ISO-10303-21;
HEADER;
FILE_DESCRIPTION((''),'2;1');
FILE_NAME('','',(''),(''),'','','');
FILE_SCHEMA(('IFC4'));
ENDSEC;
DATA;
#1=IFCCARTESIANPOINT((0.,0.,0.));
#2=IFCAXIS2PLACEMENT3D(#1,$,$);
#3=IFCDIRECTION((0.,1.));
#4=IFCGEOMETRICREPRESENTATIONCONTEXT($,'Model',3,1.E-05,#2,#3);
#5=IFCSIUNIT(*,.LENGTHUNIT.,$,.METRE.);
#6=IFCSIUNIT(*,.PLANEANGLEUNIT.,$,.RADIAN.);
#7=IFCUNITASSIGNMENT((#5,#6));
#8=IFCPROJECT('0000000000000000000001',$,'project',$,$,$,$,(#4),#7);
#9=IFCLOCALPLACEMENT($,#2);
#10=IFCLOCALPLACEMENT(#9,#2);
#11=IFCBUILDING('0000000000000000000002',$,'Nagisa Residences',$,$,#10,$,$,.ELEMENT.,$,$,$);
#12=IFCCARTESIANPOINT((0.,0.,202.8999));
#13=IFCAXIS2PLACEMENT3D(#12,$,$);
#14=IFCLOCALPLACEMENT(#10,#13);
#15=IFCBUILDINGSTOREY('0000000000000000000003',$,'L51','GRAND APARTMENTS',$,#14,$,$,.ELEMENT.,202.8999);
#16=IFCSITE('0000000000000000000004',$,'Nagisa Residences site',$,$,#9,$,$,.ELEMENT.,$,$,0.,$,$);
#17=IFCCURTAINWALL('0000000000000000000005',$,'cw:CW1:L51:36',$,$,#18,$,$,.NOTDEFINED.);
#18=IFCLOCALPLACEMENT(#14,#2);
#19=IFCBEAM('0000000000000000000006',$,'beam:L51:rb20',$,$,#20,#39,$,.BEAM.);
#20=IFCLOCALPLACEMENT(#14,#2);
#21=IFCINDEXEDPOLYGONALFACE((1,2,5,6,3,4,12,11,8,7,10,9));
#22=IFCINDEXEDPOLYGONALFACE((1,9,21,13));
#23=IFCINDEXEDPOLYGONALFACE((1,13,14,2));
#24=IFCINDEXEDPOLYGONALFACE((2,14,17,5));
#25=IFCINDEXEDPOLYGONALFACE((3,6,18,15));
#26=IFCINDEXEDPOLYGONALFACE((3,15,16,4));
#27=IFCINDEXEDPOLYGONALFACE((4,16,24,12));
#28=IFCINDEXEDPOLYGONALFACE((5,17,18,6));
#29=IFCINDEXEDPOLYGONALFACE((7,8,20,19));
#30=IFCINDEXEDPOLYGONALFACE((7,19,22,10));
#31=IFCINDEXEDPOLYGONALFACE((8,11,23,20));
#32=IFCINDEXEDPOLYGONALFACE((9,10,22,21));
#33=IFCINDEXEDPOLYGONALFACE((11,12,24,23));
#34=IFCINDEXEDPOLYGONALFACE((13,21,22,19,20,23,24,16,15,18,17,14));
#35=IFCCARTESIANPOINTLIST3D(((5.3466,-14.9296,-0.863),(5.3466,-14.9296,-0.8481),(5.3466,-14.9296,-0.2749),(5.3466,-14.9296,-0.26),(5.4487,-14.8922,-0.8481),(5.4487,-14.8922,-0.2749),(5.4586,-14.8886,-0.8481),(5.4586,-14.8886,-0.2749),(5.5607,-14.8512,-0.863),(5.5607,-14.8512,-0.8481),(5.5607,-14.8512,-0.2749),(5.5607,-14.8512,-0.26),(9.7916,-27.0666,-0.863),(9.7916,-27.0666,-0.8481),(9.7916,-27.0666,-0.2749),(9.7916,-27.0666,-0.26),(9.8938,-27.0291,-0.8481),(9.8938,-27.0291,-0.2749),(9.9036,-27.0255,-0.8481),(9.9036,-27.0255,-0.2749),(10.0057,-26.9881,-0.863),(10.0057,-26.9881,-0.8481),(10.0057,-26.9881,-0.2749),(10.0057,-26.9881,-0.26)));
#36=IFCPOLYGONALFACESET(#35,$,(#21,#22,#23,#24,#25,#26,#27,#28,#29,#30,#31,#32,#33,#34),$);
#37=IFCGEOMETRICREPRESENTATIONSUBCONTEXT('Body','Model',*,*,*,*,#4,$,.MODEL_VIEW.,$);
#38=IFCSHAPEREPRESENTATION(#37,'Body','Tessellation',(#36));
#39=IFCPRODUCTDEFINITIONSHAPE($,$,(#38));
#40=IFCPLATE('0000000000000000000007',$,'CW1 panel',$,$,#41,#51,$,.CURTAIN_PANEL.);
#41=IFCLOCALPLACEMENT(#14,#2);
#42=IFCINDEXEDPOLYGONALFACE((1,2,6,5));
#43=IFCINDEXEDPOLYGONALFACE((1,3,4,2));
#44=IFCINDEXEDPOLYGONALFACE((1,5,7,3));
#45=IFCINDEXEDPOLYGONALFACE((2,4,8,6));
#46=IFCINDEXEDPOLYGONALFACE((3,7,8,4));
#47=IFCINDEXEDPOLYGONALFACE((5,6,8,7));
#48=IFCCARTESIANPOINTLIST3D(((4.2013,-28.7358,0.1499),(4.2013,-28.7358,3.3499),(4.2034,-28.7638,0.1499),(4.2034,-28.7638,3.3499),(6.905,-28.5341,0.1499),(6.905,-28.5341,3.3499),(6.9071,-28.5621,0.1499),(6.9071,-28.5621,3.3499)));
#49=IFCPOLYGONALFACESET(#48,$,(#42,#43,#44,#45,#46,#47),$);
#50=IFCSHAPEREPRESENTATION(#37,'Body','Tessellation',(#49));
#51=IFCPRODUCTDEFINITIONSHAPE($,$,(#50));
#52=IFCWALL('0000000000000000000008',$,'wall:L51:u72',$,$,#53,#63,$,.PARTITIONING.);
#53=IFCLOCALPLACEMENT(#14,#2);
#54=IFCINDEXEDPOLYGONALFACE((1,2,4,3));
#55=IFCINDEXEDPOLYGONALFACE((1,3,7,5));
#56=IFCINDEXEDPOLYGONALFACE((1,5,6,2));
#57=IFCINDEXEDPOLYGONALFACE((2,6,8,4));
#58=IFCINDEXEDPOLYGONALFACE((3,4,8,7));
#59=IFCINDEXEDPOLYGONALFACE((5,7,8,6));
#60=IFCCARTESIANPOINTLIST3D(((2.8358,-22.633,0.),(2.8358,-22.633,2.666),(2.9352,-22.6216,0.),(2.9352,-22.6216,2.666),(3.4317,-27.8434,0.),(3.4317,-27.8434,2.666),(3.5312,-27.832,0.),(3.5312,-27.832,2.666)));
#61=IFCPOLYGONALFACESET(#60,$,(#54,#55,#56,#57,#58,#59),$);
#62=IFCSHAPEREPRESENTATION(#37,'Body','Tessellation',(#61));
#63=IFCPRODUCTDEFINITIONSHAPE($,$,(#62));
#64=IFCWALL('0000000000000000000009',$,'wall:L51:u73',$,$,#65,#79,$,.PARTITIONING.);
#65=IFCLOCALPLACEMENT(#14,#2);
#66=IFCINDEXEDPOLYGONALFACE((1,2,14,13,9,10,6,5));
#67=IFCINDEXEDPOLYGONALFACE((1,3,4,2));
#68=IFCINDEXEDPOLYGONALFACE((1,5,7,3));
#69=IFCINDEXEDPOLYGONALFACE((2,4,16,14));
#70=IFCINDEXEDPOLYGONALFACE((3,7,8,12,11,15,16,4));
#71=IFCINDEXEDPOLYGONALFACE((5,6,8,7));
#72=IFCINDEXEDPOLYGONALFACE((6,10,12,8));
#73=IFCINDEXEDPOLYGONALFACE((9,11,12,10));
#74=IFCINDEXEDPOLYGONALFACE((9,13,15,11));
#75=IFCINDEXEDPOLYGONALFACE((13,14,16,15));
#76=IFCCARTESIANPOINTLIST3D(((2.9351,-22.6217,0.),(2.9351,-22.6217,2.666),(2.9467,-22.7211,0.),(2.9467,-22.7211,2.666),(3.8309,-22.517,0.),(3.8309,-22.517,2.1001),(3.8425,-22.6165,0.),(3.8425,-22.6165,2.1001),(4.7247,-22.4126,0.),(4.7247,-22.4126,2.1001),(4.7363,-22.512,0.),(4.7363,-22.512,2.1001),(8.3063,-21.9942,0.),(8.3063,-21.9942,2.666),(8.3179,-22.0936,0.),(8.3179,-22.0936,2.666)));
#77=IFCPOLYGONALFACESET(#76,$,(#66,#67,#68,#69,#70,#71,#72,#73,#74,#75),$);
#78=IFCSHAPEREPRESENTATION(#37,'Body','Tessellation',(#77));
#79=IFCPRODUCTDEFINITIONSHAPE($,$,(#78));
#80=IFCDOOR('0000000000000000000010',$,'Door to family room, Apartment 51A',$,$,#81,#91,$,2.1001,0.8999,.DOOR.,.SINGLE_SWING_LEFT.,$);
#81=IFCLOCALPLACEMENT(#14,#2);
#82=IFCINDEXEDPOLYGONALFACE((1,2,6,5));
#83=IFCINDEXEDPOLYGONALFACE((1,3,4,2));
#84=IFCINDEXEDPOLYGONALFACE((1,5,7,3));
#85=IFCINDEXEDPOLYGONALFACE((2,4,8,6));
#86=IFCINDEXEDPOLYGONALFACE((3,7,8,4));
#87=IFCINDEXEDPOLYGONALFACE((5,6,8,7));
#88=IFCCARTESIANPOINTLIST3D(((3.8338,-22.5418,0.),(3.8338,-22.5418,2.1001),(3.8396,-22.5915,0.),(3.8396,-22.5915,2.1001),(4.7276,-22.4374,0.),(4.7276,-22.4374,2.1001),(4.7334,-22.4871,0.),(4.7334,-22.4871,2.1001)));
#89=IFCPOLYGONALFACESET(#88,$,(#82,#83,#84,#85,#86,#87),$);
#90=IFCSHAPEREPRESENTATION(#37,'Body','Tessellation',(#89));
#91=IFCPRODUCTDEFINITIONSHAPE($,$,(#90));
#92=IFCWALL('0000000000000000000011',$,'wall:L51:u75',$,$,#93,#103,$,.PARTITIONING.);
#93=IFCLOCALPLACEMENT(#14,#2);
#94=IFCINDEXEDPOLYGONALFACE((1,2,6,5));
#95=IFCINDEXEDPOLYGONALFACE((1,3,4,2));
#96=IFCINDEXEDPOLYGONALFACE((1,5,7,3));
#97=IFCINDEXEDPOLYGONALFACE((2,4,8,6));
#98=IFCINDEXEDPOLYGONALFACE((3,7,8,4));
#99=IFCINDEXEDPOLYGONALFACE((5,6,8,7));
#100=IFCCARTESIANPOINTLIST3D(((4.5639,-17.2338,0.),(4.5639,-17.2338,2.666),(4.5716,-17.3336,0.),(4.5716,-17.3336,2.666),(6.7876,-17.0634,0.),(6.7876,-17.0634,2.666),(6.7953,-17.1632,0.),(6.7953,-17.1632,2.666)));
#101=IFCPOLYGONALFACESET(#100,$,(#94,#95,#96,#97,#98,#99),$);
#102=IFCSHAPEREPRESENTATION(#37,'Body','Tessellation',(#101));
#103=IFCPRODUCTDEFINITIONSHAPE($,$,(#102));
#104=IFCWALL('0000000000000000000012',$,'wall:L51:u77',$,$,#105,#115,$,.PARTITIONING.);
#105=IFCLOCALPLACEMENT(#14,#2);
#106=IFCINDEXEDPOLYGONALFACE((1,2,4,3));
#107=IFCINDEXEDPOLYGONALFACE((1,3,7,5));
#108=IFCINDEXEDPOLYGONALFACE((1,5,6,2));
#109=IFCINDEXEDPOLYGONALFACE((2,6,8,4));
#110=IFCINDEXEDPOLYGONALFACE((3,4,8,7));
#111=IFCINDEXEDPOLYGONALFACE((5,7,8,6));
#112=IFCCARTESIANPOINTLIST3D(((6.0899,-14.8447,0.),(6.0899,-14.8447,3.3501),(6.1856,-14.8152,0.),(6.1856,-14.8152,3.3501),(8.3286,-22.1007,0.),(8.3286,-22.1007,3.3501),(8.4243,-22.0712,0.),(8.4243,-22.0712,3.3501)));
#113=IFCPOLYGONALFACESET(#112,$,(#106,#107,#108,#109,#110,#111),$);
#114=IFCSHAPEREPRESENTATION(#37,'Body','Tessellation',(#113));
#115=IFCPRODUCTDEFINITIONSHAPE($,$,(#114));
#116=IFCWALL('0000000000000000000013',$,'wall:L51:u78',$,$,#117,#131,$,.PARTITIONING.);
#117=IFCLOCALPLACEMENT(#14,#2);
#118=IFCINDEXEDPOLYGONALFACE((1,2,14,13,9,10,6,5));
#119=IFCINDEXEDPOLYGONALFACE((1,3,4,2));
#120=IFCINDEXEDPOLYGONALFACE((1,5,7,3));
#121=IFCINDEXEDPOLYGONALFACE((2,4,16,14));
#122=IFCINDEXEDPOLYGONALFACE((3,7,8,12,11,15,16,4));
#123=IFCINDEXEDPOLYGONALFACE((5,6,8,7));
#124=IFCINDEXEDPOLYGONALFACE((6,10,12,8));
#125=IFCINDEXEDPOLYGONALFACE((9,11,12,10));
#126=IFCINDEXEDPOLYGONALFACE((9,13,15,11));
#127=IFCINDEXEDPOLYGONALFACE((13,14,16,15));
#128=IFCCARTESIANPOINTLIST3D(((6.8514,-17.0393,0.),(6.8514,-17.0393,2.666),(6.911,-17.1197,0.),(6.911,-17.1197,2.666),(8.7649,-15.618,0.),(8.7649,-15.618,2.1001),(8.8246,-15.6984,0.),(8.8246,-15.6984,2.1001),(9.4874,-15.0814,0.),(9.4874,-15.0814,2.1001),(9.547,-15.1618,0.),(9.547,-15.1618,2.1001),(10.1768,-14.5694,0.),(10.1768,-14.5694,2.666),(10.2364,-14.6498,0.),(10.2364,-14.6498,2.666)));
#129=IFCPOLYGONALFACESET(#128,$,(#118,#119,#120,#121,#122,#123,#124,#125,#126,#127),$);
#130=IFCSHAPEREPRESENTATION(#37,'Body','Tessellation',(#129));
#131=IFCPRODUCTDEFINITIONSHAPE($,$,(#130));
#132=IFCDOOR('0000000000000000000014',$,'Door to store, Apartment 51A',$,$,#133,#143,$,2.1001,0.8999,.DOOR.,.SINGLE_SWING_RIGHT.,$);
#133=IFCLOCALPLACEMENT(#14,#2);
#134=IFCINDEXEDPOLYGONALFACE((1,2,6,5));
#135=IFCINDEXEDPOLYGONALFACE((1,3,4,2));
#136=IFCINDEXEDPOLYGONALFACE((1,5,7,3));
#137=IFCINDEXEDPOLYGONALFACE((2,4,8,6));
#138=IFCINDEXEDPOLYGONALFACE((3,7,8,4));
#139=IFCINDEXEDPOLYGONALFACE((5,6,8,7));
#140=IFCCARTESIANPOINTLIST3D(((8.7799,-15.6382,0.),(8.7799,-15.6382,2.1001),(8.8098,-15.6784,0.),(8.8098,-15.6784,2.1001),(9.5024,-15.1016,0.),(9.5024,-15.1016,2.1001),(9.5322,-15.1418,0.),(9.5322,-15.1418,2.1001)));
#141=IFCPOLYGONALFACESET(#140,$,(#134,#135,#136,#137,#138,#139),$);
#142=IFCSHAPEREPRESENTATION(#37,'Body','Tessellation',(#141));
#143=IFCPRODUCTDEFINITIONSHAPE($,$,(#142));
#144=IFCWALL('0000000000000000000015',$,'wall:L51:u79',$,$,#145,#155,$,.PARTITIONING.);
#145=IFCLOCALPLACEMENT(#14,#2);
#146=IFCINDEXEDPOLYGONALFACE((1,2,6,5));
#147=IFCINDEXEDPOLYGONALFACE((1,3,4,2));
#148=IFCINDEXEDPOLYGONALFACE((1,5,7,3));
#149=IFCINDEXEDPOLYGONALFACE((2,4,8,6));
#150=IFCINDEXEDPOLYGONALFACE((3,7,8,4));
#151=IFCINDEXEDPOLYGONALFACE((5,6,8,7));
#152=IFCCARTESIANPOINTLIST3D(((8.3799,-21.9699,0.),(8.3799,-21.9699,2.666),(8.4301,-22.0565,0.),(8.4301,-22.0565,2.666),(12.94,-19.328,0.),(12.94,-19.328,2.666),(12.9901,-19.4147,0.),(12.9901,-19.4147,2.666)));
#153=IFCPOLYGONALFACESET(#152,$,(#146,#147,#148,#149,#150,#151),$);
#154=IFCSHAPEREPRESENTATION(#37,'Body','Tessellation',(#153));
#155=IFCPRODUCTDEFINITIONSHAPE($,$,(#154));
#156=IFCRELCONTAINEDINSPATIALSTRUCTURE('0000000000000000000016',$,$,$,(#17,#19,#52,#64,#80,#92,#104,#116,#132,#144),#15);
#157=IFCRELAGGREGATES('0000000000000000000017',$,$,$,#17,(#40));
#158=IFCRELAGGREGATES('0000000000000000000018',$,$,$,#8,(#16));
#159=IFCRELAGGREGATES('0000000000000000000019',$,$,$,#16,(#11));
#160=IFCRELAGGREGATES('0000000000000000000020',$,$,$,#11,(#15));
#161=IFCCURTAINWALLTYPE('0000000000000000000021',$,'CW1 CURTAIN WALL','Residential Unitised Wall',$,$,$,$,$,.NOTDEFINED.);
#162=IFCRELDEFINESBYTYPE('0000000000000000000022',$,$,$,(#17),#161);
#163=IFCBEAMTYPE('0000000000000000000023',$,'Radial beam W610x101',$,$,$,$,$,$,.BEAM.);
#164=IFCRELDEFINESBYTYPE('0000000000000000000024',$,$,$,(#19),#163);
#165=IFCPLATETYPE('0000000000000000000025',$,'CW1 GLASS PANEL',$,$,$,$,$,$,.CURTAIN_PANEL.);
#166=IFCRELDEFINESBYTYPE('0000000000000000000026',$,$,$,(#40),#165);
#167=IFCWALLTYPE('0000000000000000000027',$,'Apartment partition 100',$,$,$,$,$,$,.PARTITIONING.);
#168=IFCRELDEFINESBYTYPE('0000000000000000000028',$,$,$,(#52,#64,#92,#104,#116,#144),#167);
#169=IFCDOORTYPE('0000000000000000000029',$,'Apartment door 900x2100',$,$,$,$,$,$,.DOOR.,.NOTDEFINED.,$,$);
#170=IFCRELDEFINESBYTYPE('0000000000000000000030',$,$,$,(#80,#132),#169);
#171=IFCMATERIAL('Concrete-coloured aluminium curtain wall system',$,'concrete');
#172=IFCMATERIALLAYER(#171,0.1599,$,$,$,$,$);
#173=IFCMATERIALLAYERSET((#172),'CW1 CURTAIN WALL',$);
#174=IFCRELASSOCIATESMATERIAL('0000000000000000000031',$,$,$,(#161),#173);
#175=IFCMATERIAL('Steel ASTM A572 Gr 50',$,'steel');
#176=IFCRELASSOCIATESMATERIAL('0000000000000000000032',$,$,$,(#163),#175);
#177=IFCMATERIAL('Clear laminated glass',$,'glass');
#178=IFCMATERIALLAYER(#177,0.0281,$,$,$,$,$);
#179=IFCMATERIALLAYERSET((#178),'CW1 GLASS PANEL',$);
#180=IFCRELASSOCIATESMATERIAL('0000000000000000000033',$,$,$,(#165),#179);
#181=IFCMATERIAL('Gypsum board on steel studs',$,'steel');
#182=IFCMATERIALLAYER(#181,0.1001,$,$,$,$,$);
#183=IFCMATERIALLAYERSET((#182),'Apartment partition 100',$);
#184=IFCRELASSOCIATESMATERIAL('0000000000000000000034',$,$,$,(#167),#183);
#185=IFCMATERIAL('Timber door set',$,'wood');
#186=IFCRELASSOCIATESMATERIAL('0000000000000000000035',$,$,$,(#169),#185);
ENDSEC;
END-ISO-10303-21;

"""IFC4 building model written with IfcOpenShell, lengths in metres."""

from ifc_helpers import new_model, si_unit, direction, frame, frame_2d, origin, origin_2d, place, context, subcontext, project, spatial, rectangle, i_section, extrude, material, layer, layer_set, material_profile, profile_set, type_object, element, fill, aggregate, save


model = new_model("IFC4")

# Units and contexts
model_context = context("Model", 3, precision=1e-05, world=origin(), true_north=direction((0.0, 1.0)))
body_context = subcontext(model_context, "Body", "Model", "MODEL_VIEW")
ifc_project = project(units=[si_unit("LENGTHUNIT", "METRE"), si_unit("PLANEANGLEUNIT", "RADIAN")], contexts=[model_context])

# Site, building, storey
site_placement = place(None, origin())
site = spatial("IfcSite", under=ifc_project, at=site_placement, Name="Nagisa Residences site", CompositionType="ELEMENT", RefElevation=0.0)
building_placement = place(site_placement, origin())
building = spatial("IfcBuilding", under=site, at=building_placement, Name="Nagisa Residences", CompositionType="ELEMENT")
storey_placement = place(building_placement, frame((0.0, 0.0, 202.8999)))
storey = spatial("IfcBuildingStorey", under=building, at=storey_placement, Name="L51", Description="GRAND APARTMENTS", CompositionType="ELEMENT", Elevation=202.8999)

# Curtain wall
ifc_material_1 = material(Name="Concrete-coloured aluminium curtain wall system", Category="concrete")
ifc_layer_1 = layer(ifc_material_1, 0.1599)
ifc_layer_set_1 = layer_set([ifc_layer_1], Name="CW1 CURTAIN WALL")
curtain_wall_type = type_object("IfcCurtainWallType", Name="CW1 CURTAIN WALL", Description="Residential Unitised Wall", PredefinedType="NOTDEFINED", material=ifc_layer_set_1)
curtain_wall_1_placement = place(storey_placement, origin())
curtain_wall_1 = element("IfcCurtainWall", 1, at=curtain_wall_1_placement, inside=storey, type_object=curtain_wall_type, Name="cw:CW1:L51:36", PredefinedType="NOTDEFINED")

# Beam
ifc_material_2 = material(Name="Steel ASTM A572 Gr 50", Category="steel")
ifc_material_profile_1 = material_profile(ifc_material_2, i_section(OverallWidth=0.228, OverallDepth=0.603, WebThickness=0.0105, FlangeThickness=0.0149, at=origin_2d()), Name="W610x101")
ifc_profile_set_1 = profile_set([ifc_material_profile_1], Name="Steel ASTM A572 Gr 50")
beam_type_1 = type_object("IfcBeamType", Name="Radial beam W610x101", PredefinedType="BEAM", material=ifc_profile_set_1)
beam_1_placement = place(storey_placement, frame((9.8987, -27.0273, -0.5615), z_axis=(-0.343903, 0.939005, 0.0), x_axis=(-0.939005, -0.343903, 0.0)))
element("IfcBeam", 2, at=beam_1_placement, inside=storey, type_object=beam_type_1, Name="beam:L51:rb20", PredefinedType="BEAM", context=body_context, shape_type="SweptSolid", body=[
    extrude(i_section(OverallWidth=0.228, OverallDepth=0.603, WebThickness=0.0105, FlangeThickness=0.0149, at=origin_2d()), origin(), (0.0, 0.0, 1.0), 12.9253),
])

# Plate
ifc_material_3 = material(Name="Clear laminated glass", Category="glass")
ifc_layer_2 = layer(ifc_material_3, 0.0281)
ifc_layer_set_2 = layer_set([ifc_layer_2], Name="CW1 GLASS PANEL")
plate_type = type_object("IfcPlateType", Name="CW1 GLASS PANEL", PredefinedType="CURTAIN_PANEL", material=ifc_layer_set_2)
plate_placement = place(storey_placement, frame((5.5542, -28.6489, 0.1499), z_axis=(0.0, 0.0, 1.0), x_axis=(0.99723, 0.074377, 0.0)))
plate = element("IfcPlate", 3, at=plate_placement, type_object=plate_type, Name="CW1 panel", PredefinedType="CURTAIN_PANEL", context=body_context, shape_type="SweptSolid", body=[
    extrude(rectangle(XDim=2.7112, YDim=0.0281, at=origin_2d()), origin(), (0.0, 0.0, 1.0), 3.2),
])
aggregate(curtain_wall_1, [plate])

# Wall
ifc_material_4 = material(Name="Gypsum board on steel studs", Category="steel")
ifc_layer_3 = layer(ifc_material_4, 0.1001)
ifc_layer_set_3 = layer_set([ifc_layer_3], Name="Apartment partition 100")
wall_type_1 = type_object("IfcWallType", Name="Apartment partition 100", PredefinedType="PARTITIONING", material=ifc_layer_set_3)
wall_1_placement = place(storey_placement, frame((2.8855, -22.6274, 0.0), z_axis=(0.0, 0.0, 1.0), x_axis=(0.113635, -0.993523, 0.0)))
element("IfcWall", 4, at=wall_1_placement, inside=storey, type_object=wall_type_1, Name="wall:L51:u72", PredefinedType="PARTITIONING", context=body_context, shape_type="SweptSolid", body=[
    extrude(rectangle(XDim=5.2444, YDim=0.1001, at=frame_2d((2.6221, 0.0))), origin(), (0.0, 0.0, 1.0), 2.666),
])

# Wall, opening, door
wall_2_placement = place(storey_placement, frame((2.9409, -22.6714, 0.0), z_axis=(0.0, 0.0, 1.0), x_axis=(0.993246, 0.116029, 0.0)))
wall_2 = element("IfcWall", 5, at=wall_2_placement, inside=storey, type_object=wall_type_1, Name="wall:L51:u73", PredefinedType="PARTITIONING", context=body_context, shape_type="SweptSolid", body=[
    extrude(rectangle(XDim=5.4077, YDim=0.1001, at=frame_2d((2.7039, 0.0))), origin(), (0.0, 0.0, 1.0), 2.666),
])
opening_1_placement = place(wall_2_placement, frame((0.9019, 0.0, 0.0)))
opening_1 = element("IfcOpeningElement", 6, at=opening_1_placement, cuts=wall_2, PredefinedType="OPENING", context=body_context, shape_type="SweptSolid", body=[
    extrude(rectangle(XDim=0.8999, YDim=2.1001, at=frame_2d((0.45, 1.05))), frame((0.0, 0.0601, 0.0), z_axis=(0.0, -1.0, 0.0), x_axis=(1.0, 0.0, 0.0)), (0.0, 0.0, 1.0), 0.1201),
])
ifc_material_5 = material(Name="Timber door set", Category="wood")
door_type_1 = type_object("IfcDoorType", Name="Apartment door 900x2100", OperationType="NOTDEFINED", PredefinedType="DOOR", material=ifc_material_5)
door_1_placement = place(opening_1_placement, frame((0.8999, 0.0, 0.0), x_axis=(-1.0, 0.0, 0.0)))
door_1 = element("IfcDoor", 7, at=door_1_placement, inside=storey, type_object=door_type_1, Name="Door to family room, Apartment 51A", OperationType="SINGLE_SWING_LEFT", OverallHeight=2.1001, OverallWidth=0.8999, PredefinedType="DOOR", context=body_context, shape_type="SweptSolid", body=[
    extrude(rectangle(XDim=0.8999, YDim=2.1001, at=frame_2d((0.45, 1.05))), frame((0.0, 0.0249, 0.0), z_axis=(0.0, -1.0, 0.0), x_axis=(1.0, 0.0, 0.0)), (0.0, 0.0, 1.0), 0.05),
])
fill(opening_1, door_1)

# Walls
wall_3_placement = place(storey_placement, frame((4.5676, -17.2837, 0.0), z_axis=(0.0, 0.0, 1.0), x_axis=(0.997076, 0.076412, 0.0)))
element("IfcWall", 8, at=wall_3_placement, inside=storey, type_object=wall_type_1, Name="wall:L51:u75", PredefinedType="PARTITIONING", context=body_context, shape_type="SweptSolid", body=[
    extrude(rectangle(XDim=2.2302, YDim=0.1001, at=frame_2d((1.1152, 0.0))), origin(), (0.0, 0.0, 1.0), 2.666),
])
wall_4_placement = place(storey_placement, frame((6.1377, -14.8298, 0.0), z_axis=(0.0, 0.0, 1.0), x_axis=(0.294822, -0.955552, 0.0)))
element("IfcWall", 9, at=wall_4_placement, inside=storey, type_object=wall_type_1, Name="wall:L51:u77", PredefinedType="PARTITIONING", context=body_context, shape_type="SweptSolid", body=[
    extrude(rectangle(XDim=7.5935, YDim=0.1001, at=frame_2d((3.7969, 0.0))), origin(), (0.0, 0.0, 1.0), 3.3501),
])

# Wall, opening, door
wall_5_placement = place(storey_placement, frame((6.8811, -17.0796, 0.0), z_axis=(0.0, 0.0, 1.0), x_axis=(0.802785, 0.596269, 0.0)))
wall_5 = element("IfcWall", 10, at=wall_5_placement, inside=storey, type_object=wall_type_1, Name="wall:L51:u78", PredefinedType="PARTITIONING", context=body_context, shape_type="SweptSolid", body=[
    extrude(rectangle(XDim=4.1423, YDim=0.1001, at=frame_2d((2.0713, 0.0))), origin(), (0.0, 0.0, 1.0), 2.666),
])
opening_2_placement = place(wall_5_placement, frame((2.3838, 0.0, 0.0)))
opening_2 = element("IfcOpeningElement", 11, at=opening_2_placement, cuts=wall_5, PredefinedType="OPENING", context=body_context, shape_type="SweptSolid", body=[
    extrude(rectangle(XDim=0.8999, YDim=2.1001, at=frame_2d((0.45, 1.05))), frame((0.0, 0.0601, 0.0), z_axis=(0.0, -1.0, 0.0), x_axis=(1.0, 0.0, 0.0)), (0.0, 0.0, 1.0), 0.1201),
])
door_2_placement = place(opening_2_placement, origin())
door_2 = element("IfcDoor", 12, at=door_2_placement, inside=storey, type_object=door_type_1, Name="Door to store, Apartment 51A", OperationType="SINGLE_SWING_RIGHT", OverallHeight=2.1001, OverallWidth=0.8999, PredefinedType="DOOR", context=body_context, shape_type="SweptSolid", body=[
    extrude(rectangle(XDim=0.8999, YDim=2.1001, at=frame_2d((0.45, 1.05))), frame((0.0, 0.0249, 0.0), z_axis=(0.0, -1.0, 0.0), x_axis=(1.0, 0.0, 0.0)), (0.0, 0.0, 1.0), 0.05),
])
fill(opening_2, door_2)

# Wall
wall_6_placement = place(storey_placement, frame((8.405, -22.0132, 0.0), z_axis=(0.0, 0.0, 1.0), x_axis=(0.865277, 0.501294, 0.0)))
element("IfcWall", 13, at=wall_6_placement, inside=storey, type_object=wall_type_1, Name="wall:L51:u79", PredefinedType="PARTITIONING", context=body_context, shape_type="SweptSolid", body=[
    extrude(rectangle(XDim=5.27, YDim=0.1001, at=frame_2d((2.635, 0.0))), origin(), (0.0, 0.0, 1.0), 2.666),
])

save(model, "model.ifc")
